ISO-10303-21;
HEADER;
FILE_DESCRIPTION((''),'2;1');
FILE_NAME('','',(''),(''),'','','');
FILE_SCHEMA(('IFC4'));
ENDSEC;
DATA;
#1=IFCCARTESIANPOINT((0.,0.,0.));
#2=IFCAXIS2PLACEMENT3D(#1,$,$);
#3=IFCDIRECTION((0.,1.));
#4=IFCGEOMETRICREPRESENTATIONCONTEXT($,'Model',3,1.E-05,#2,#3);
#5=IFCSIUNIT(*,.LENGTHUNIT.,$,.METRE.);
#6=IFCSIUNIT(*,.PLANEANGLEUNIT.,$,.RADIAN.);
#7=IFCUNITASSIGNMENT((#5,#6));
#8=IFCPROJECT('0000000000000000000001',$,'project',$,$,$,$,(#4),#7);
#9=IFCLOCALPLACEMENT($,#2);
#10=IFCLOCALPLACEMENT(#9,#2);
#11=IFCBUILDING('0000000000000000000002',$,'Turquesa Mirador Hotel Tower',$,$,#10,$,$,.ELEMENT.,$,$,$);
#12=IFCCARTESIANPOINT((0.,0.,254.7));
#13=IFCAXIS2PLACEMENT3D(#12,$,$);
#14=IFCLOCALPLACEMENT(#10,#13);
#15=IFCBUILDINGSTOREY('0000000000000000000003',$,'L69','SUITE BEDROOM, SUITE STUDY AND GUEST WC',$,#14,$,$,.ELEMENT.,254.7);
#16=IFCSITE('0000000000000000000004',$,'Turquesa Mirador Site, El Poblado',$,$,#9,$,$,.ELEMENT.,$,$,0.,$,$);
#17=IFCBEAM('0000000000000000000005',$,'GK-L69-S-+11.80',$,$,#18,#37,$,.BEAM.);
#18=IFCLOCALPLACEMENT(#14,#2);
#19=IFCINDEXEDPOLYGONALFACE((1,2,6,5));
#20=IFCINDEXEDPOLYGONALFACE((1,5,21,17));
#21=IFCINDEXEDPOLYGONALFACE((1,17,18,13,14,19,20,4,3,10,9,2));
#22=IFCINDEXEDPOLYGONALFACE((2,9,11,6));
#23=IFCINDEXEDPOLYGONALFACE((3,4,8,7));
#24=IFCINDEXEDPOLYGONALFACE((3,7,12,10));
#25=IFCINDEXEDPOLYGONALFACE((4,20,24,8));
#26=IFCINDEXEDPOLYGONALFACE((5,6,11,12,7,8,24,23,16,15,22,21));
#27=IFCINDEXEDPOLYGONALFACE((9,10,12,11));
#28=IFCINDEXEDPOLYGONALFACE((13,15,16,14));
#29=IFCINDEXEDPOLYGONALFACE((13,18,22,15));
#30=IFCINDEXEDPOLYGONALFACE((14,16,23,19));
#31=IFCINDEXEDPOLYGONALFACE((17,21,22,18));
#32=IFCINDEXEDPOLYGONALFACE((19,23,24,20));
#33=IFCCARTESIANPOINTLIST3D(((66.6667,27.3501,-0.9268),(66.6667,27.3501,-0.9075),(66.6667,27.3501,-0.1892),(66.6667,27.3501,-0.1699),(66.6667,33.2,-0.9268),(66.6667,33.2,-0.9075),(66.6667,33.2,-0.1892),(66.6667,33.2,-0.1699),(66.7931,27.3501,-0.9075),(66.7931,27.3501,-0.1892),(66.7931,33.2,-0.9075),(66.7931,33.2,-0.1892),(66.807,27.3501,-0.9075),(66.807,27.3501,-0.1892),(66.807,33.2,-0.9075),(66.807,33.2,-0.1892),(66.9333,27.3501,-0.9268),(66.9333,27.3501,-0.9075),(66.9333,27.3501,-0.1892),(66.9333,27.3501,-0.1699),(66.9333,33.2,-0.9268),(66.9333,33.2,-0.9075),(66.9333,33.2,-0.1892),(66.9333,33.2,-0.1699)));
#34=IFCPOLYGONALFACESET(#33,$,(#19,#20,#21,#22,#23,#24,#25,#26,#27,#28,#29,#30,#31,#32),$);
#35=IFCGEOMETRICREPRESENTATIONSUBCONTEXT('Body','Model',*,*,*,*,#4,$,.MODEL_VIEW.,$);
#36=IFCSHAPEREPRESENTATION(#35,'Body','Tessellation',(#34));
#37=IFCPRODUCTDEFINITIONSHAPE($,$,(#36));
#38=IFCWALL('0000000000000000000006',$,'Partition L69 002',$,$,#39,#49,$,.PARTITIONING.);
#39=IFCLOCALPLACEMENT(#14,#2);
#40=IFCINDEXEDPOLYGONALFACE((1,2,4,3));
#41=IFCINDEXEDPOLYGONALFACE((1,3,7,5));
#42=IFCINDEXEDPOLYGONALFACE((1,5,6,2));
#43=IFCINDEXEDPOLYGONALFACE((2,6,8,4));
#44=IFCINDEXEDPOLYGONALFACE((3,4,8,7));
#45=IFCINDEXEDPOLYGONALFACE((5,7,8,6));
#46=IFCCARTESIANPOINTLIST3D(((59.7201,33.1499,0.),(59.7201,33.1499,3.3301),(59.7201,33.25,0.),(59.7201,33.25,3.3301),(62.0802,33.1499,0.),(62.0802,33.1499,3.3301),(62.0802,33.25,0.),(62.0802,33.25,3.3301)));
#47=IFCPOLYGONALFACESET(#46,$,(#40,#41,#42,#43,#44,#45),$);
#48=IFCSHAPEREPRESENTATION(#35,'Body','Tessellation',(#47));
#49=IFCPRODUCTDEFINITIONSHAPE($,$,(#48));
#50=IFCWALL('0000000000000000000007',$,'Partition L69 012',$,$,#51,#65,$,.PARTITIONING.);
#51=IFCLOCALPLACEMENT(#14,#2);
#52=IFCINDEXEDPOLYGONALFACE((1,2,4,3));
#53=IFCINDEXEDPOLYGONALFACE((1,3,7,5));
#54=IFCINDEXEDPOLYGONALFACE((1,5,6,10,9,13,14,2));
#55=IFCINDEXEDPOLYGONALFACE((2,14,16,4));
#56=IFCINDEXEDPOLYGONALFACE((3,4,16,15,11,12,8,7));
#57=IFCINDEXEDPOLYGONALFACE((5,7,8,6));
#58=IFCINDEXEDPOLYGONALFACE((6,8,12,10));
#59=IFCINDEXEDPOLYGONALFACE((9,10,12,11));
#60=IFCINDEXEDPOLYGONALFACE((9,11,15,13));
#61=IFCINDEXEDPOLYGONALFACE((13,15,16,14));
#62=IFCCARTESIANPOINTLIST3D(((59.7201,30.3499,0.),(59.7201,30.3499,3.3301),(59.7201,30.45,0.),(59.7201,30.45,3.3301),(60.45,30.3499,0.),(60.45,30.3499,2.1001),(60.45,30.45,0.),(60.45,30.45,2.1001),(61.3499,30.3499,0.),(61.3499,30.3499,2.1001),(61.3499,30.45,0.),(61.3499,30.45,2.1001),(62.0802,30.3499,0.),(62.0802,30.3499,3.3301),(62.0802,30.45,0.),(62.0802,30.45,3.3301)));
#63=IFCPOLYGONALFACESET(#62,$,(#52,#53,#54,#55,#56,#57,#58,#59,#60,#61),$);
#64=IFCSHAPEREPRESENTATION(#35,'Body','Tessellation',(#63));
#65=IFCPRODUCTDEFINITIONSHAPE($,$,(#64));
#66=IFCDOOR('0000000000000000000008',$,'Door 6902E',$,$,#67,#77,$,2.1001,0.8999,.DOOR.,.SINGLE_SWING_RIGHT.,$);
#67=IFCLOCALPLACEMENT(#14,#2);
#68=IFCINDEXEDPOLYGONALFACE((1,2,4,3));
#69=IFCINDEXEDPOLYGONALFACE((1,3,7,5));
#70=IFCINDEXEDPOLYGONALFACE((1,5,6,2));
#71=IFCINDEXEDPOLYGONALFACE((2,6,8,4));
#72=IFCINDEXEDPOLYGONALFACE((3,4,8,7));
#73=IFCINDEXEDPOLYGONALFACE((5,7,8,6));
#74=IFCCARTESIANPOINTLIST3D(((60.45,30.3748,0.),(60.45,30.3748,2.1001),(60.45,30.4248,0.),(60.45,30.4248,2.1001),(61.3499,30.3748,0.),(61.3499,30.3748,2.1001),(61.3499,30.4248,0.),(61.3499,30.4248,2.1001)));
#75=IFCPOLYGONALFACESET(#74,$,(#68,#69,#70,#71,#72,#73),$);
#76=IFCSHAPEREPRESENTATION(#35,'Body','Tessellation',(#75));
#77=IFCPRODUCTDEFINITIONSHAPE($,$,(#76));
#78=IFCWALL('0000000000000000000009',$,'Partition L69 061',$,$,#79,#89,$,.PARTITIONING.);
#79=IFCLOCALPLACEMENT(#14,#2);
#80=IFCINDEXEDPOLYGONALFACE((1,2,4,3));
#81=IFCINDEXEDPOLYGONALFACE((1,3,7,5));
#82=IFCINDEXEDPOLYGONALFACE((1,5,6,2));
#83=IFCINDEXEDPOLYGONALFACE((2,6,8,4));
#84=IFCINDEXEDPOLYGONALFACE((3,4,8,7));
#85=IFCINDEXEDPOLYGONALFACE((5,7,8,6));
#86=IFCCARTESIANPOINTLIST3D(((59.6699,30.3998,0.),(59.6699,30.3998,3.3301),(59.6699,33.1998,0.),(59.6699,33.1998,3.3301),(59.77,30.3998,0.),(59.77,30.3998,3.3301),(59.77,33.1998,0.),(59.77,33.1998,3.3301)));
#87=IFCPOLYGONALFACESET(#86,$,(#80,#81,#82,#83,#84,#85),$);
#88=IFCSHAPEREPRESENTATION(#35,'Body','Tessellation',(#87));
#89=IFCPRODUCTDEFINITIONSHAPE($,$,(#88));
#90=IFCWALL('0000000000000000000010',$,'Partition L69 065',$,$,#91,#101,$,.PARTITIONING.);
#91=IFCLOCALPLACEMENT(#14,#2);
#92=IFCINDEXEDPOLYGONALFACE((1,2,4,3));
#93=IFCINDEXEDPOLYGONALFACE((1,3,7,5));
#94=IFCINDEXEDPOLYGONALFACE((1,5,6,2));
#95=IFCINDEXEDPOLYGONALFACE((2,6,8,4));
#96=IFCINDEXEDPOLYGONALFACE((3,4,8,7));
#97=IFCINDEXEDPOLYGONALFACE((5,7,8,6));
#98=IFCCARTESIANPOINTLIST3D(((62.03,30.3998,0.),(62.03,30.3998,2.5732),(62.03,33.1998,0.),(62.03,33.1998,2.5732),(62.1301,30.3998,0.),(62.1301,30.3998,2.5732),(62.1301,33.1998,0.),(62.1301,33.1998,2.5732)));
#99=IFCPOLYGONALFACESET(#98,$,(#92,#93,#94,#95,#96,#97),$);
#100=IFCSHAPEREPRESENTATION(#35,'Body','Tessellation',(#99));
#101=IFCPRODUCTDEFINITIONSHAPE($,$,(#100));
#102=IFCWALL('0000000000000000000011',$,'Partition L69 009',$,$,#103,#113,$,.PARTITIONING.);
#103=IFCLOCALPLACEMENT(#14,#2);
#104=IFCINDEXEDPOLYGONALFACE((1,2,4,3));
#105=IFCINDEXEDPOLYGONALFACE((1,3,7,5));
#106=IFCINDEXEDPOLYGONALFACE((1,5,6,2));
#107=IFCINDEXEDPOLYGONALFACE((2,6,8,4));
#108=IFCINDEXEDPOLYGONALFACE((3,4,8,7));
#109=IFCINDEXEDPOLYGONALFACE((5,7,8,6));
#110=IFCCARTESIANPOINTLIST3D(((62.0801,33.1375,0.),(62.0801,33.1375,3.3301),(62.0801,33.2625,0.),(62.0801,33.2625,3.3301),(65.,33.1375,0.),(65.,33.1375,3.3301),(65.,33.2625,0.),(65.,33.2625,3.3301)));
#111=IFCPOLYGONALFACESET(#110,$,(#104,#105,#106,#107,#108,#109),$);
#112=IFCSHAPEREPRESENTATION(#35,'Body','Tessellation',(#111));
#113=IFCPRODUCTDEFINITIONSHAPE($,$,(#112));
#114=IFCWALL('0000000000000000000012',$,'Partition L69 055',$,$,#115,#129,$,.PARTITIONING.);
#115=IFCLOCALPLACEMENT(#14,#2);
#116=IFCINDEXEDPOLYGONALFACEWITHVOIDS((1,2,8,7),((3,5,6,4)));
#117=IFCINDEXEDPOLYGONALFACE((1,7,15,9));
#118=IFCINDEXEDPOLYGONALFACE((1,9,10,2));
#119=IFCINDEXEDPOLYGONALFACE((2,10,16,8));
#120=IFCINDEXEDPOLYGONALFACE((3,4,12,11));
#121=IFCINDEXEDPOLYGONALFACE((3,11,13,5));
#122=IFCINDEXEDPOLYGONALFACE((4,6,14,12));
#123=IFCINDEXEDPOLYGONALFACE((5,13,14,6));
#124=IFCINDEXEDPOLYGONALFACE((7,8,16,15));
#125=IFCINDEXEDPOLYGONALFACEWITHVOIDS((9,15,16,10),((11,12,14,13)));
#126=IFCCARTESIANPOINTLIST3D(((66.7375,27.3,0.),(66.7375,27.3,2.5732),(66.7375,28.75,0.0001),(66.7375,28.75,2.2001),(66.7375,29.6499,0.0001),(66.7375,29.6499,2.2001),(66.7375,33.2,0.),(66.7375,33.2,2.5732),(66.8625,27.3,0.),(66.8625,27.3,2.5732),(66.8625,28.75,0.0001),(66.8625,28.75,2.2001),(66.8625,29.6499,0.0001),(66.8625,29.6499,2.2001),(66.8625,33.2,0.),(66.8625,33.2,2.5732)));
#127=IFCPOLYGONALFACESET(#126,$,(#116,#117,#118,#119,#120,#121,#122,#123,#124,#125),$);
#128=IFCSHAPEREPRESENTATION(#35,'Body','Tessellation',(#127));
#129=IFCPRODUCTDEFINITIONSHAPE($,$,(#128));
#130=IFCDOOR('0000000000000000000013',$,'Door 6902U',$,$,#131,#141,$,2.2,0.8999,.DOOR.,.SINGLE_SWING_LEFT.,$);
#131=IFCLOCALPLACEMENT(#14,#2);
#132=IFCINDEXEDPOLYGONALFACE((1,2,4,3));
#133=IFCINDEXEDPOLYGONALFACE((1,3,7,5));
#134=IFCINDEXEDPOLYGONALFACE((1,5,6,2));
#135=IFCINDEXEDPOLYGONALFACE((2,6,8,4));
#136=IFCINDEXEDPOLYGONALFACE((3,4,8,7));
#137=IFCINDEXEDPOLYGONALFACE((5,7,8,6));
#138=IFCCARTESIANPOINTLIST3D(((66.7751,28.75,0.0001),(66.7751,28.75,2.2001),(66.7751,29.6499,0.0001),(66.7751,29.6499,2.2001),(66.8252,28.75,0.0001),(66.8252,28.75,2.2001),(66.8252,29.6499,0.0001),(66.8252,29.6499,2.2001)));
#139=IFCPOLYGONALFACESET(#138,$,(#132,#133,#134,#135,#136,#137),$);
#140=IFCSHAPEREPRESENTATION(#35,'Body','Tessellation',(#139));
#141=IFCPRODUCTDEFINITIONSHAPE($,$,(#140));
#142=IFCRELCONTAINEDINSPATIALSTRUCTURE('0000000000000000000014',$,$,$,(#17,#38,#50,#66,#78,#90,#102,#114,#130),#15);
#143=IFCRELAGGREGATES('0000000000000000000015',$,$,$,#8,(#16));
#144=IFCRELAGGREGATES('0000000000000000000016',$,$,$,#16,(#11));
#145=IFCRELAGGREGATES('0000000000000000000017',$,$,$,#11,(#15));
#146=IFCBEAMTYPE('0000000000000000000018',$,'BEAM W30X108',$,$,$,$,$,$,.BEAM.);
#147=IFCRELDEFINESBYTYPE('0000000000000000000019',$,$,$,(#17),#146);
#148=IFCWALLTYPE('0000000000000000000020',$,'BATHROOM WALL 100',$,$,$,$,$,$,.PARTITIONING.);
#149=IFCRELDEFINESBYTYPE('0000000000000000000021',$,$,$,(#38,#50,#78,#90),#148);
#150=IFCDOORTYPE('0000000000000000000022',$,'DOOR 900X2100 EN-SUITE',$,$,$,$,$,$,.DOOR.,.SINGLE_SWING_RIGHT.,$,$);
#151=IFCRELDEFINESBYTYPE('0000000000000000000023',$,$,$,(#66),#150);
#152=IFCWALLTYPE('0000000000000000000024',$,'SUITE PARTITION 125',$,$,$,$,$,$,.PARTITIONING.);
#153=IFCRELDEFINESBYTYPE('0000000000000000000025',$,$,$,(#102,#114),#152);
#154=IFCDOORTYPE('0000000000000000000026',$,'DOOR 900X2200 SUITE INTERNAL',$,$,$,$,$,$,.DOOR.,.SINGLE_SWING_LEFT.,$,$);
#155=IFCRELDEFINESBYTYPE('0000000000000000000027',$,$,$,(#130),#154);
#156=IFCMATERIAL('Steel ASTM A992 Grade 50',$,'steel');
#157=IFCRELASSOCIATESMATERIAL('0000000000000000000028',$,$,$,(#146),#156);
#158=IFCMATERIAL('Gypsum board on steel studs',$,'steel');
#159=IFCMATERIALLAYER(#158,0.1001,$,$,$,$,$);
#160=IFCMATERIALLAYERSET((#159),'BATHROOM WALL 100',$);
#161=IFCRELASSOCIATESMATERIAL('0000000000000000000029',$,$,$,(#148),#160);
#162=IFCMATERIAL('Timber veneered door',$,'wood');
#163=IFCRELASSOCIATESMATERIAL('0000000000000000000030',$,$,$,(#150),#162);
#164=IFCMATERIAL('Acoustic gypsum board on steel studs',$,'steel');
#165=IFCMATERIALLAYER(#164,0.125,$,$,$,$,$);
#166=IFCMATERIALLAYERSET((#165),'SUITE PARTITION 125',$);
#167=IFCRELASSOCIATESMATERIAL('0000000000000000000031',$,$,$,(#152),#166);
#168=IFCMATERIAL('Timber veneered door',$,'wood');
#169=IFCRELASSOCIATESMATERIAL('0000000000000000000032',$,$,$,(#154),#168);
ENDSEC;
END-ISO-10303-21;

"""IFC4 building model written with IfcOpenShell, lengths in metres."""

from ifc_helpers import new_model, si_unit, direction, frame, frame_2d, origin, origin_2d, place, context, subcontext, project, spatial, rectangle, i_section, extrude, material, layer, layer_set, material_profile, profile_set, type_object, element, fill, save


model = new_model("IFC4")

# Units and contexts
model_context = context("Model", 3, precision=1e-05, world=origin(), true_north=direction((0.0, 1.0)))
body_context = subcontext(model_context, "Body", "Model", "MODEL_VIEW")
ifc_project = project(units=[si_unit("LENGTHUNIT", "METRE"), si_unit("PLANEANGLEUNIT", "RADIAN")], contexts=[model_context])

# Site, building, storey
site_placement = place(None, origin())
site = spatial("IfcSite", under=ifc_project, at=site_placement, Name="Turquesa Mirador Site, El Poblado", CompositionType="ELEMENT", RefElevation=0.0)
building_placement = place(site_placement, origin())
building = spatial("IfcBuilding", under=site, at=building_placement, Name="Turquesa Mirador Hotel Tower", CompositionType="ELEMENT")
storey_placement = place(building_placement, frame((0.0, 0.0, 254.7)))
storey = spatial("IfcBuildingStorey", under=building, at=storey_placement, Name="L69", Description="SUITE BEDROOM, SUITE STUDY AND GUEST WC", CompositionType="ELEMENT", Elevation=254.7)

# Beam
ifc_material_1 = material(Name="Steel ASTM A992 Grade 50", Category="steel")
ifc_material_profile_1 = material_profile(ifc_material_1, i_section(OverallWidth=0.2666, OverallDepth=0.7568, WebThickness=0.0139, FlangeThickness=0.0193, at=origin_2d()), Name="W30X108")
ifc_profile_set_1 = profile_set([ifc_material_profile_1], Name="Steel ASTM A992 Grade 50")
beam_type_1 = type_object("IfcBeamType", Name="BEAM W30X108", PredefinedType="BEAM", material=ifc_profile_set_1)
beam_1_placement = place(storey_placement, frame((66.8, 27.3501, -0.5483), z_axis=(0.0, 1.0, 0.0), x_axis=(-1.0, 0.0, 0.0)))
element("IfcBeam", 1, at=beam_1_placement, inside=storey, type_object=beam_type_1, Name="GK-L69-S-+11.80", PredefinedType="BEAM", context=body_context, shape_type="SweptSolid", body=[
    extrude(i_section(OverallWidth=0.2666, OverallDepth=0.7568, WebThickness=0.0139, FlangeThickness=0.0193, at=origin_2d()), origin(), (0.0, 0.0, 1.0), 5.8499),
])

# Wall
ifc_material_2 = material(Name="Gypsum board on steel studs", Category="steel")
ifc_layer_1 = layer(ifc_material_2, 0.1001)
ifc_layer_set_1 = layer_set([ifc_layer_1], Name="BATHROOM WALL 100")
wall_type_1 = type_object("IfcWallType", Name="BATHROOM WALL 100", PredefinedType="PARTITIONING", material=ifc_layer_set_1)
wall_1_placement = place(storey_placement, frame((59.72, 33.2, 0.0), z_axis=(0.0, 0.0, 1.0), x_axis=(1.0, 0.0, 0.0)))
element("IfcWall", 2, at=wall_1_placement, inside=storey, type_object=wall_type_1, Name="Partition L69 002", PredefinedType="PARTITIONING", context=body_context, shape_type="SweptSolid", body=[
    extrude(rectangle(XDim=2.3601, YDim=0.1001, at=frame_2d((1.1802, 0.0))), origin(), (0.0, 0.0, 1.0), 3.3301),
])

# Wall, opening, door
wall_2_placement = place(storey_placement, frame((59.72, 30.3999, 0.0), z_axis=(0.0, 0.0, 1.0), x_axis=(1.0, 0.0, 0.0)))
wall_2 = element("IfcWall", 3, at=wall_2_placement, inside=storey, type_object=wall_type_1, Name="Partition L69 012", PredefinedType="PARTITIONING", context=body_context, shape_type="SweptSolid", body=[
    extrude(rectangle(XDim=2.3601, YDim=0.1001, at=frame_2d((1.1802, 0.0))), origin(), (0.0, 0.0, 1.0), 3.3301),
])
opening_1_placement = place(wall_2_placement, frame((0.73, 0.0, 0.0)))
opening_1 = element("IfcOpeningElement", 4, at=opening_1_placement, cuts=wall_2, PredefinedType="OPENING", context=body_context, shape_type="SweptSolid", body=[
    extrude(rectangle(XDim=0.8999, YDim=2.1001, at=frame_2d((0.45, 1.05))), frame((0.0, 0.0601, 0.0), z_axis=(0.0, -1.0, 0.0), x_axis=(1.0, 0.0, 0.0)), (0.0, 0.0, 1.0), 0.1201),
])
ifc_material_3 = material(Name="Timber veneered door", Category="wood")
door_type_1 = type_object("IfcDoorType", Name="DOOR 900X2100 EN-SUITE", OperationType="SINGLE_SWING_RIGHT", PredefinedType="DOOR", material=ifc_material_3)
door_1_placement = place(opening_1_placement, origin())
door_1 = element("IfcDoor", 5, at=door_1_placement, inside=storey, type_object=door_type_1, Name="Door 6902E", OperationType="SINGLE_SWING_RIGHT", OverallHeight=2.1001, OverallWidth=0.8999, PredefinedType="DOOR", context=body_context, shape_type="SweptSolid", body=[
    extrude(rectangle(XDim=0.8999, YDim=2.1001, at=frame_2d((0.45, 1.05))), frame((0.0, 0.0249, 0.0), z_axis=(0.0, -1.0, 0.0), x_axis=(1.0, 0.0, 0.0)), (0.0, 0.0, 1.0), 0.05),
])
fill(opening_1, door_1)

# Walls
wall_3_placement = place(storey_placement, frame((59.72, 30.3999, 0.0), z_axis=(0.0, 0.0, 1.0), x_axis=(0.0, 1.0, 0.0)))
element("IfcWall", 6, at=wall_3_placement, inside=storey, type_object=wall_type_1, Name="Partition L69 061", PredefinedType="PARTITIONING", context=body_context, shape_type="SweptSolid", body=[
    extrude(rectangle(XDim=2.8, YDim=0.1001, at=frame_2d((1.3999, 0.0))), origin(), (0.0, 0.0, 1.0), 3.3301),
])
wall_4_placement = place(storey_placement, frame((62.0801, 30.3999, 0.0), z_axis=(0.0, 0.0, 1.0), x_axis=(0.0, 1.0, 0.0)))
element("IfcWall", 7, at=wall_4_placement, inside=storey, type_object=wall_type_1, Name="Partition L69 065", PredefinedType="PARTITIONING", context=body_context, shape_type="SweptSolid", body=[
    extrude(rectangle(XDim=2.8, YDim=0.1001, at=frame_2d((1.3999, 0.0))), origin(), (0.0, 0.0, 1.0), 2.5732),
])
ifc_material_4 = material(Name="Acoustic gypsum board on steel studs", Category="steel")
ifc_layer_2 = layer(ifc_material_4, 0.125)
ifc_layer_set_2 = layer_set([ifc_layer_2], Name="SUITE PARTITION 125")
wall_type_2 = type_object("IfcWallType", Name="SUITE PARTITION 125", PredefinedType="PARTITIONING", material=ifc_layer_set_2)
wall_5_placement = place(storey_placement, frame((62.0801, 33.2, 0.0), z_axis=(0.0, 0.0, 1.0), x_axis=(1.0, 0.0, 0.0)))
element("IfcWall", 8, at=wall_5_placement, inside=storey, type_object=wall_type_2, Name="Partition L69 009", PredefinedType="PARTITIONING", context=body_context, shape_type="SweptSolid", body=[
    extrude(rectangle(XDim=2.9199, YDim=0.125, at=frame_2d((1.46, 0.0))), origin(), (0.0, 0.0, 1.0), 3.3301),
])

# Wall, opening, door
wall_6_placement = place(storey_placement, frame((66.8, 27.3, 0.0), z_axis=(0.0, 0.0, 1.0), x_axis=(0.0, 1.0, 0.0)))
wall_6 = element("IfcWall", 9, at=wall_6_placement, inside=storey, type_object=wall_type_2, Name="Partition L69 055", PredefinedType="PARTITIONING", context=body_context, shape_type="SweptSolid", body=[
    extrude(rectangle(XDim=5.8999, YDim=0.125, at=frame_2d((2.95, 0.0))), origin(), (0.0, 0.0, 1.0), 2.5732),
])
opening_2_placement = place(wall_6_placement, frame((1.45, 0.0, 0.0)))
opening_2 = element("IfcOpeningElement", 10, at=opening_2_placement, cuts=wall_6, PredefinedType="OPENING", context=body_context, shape_type="SweptSolid", body=[
    extrude(rectangle(XDim=0.8999, YDim=2.2, at=frame_2d((0.45, 1.1001))), frame((0.0, 0.0725, 0.0), z_axis=(0.0, -1.0, 0.0), x_axis=(1.0, 0.0, 0.0)), (0.0, 0.0, 1.0), 0.145),
])
ifc_material_5 = material(Name="Timber veneered door", Category="wood")
door_type_2 = type_object("IfcDoorType", Name="DOOR 900X2200 SUITE INTERNAL", OperationType="SINGLE_SWING_LEFT", PredefinedType="DOOR", material=ifc_material_5)
door_2_placement = place(opening_2_placement, origin())
door_2 = element("IfcDoor", 11, at=door_2_placement, inside=storey, type_object=door_type_2, Name="Door 6902U", OperationType="SINGLE_SWING_LEFT", OverallHeight=2.2, OverallWidth=0.8999, PredefinedType="DOOR", context=body_context, shape_type="SweptSolid", body=[
    extrude(rectangle(XDim=0.8999, YDim=2.2, at=frame_2d((0.45, 1.1001))), frame((0.0, 0.0249, 0.0), z_axis=(0.0, -1.0, 0.0), x_axis=(1.0, 0.0, 0.0)), (0.0, 0.0, 1.0), 0.05),
])
fill(opening_2, door_2)

save(model, "model.ifc")
